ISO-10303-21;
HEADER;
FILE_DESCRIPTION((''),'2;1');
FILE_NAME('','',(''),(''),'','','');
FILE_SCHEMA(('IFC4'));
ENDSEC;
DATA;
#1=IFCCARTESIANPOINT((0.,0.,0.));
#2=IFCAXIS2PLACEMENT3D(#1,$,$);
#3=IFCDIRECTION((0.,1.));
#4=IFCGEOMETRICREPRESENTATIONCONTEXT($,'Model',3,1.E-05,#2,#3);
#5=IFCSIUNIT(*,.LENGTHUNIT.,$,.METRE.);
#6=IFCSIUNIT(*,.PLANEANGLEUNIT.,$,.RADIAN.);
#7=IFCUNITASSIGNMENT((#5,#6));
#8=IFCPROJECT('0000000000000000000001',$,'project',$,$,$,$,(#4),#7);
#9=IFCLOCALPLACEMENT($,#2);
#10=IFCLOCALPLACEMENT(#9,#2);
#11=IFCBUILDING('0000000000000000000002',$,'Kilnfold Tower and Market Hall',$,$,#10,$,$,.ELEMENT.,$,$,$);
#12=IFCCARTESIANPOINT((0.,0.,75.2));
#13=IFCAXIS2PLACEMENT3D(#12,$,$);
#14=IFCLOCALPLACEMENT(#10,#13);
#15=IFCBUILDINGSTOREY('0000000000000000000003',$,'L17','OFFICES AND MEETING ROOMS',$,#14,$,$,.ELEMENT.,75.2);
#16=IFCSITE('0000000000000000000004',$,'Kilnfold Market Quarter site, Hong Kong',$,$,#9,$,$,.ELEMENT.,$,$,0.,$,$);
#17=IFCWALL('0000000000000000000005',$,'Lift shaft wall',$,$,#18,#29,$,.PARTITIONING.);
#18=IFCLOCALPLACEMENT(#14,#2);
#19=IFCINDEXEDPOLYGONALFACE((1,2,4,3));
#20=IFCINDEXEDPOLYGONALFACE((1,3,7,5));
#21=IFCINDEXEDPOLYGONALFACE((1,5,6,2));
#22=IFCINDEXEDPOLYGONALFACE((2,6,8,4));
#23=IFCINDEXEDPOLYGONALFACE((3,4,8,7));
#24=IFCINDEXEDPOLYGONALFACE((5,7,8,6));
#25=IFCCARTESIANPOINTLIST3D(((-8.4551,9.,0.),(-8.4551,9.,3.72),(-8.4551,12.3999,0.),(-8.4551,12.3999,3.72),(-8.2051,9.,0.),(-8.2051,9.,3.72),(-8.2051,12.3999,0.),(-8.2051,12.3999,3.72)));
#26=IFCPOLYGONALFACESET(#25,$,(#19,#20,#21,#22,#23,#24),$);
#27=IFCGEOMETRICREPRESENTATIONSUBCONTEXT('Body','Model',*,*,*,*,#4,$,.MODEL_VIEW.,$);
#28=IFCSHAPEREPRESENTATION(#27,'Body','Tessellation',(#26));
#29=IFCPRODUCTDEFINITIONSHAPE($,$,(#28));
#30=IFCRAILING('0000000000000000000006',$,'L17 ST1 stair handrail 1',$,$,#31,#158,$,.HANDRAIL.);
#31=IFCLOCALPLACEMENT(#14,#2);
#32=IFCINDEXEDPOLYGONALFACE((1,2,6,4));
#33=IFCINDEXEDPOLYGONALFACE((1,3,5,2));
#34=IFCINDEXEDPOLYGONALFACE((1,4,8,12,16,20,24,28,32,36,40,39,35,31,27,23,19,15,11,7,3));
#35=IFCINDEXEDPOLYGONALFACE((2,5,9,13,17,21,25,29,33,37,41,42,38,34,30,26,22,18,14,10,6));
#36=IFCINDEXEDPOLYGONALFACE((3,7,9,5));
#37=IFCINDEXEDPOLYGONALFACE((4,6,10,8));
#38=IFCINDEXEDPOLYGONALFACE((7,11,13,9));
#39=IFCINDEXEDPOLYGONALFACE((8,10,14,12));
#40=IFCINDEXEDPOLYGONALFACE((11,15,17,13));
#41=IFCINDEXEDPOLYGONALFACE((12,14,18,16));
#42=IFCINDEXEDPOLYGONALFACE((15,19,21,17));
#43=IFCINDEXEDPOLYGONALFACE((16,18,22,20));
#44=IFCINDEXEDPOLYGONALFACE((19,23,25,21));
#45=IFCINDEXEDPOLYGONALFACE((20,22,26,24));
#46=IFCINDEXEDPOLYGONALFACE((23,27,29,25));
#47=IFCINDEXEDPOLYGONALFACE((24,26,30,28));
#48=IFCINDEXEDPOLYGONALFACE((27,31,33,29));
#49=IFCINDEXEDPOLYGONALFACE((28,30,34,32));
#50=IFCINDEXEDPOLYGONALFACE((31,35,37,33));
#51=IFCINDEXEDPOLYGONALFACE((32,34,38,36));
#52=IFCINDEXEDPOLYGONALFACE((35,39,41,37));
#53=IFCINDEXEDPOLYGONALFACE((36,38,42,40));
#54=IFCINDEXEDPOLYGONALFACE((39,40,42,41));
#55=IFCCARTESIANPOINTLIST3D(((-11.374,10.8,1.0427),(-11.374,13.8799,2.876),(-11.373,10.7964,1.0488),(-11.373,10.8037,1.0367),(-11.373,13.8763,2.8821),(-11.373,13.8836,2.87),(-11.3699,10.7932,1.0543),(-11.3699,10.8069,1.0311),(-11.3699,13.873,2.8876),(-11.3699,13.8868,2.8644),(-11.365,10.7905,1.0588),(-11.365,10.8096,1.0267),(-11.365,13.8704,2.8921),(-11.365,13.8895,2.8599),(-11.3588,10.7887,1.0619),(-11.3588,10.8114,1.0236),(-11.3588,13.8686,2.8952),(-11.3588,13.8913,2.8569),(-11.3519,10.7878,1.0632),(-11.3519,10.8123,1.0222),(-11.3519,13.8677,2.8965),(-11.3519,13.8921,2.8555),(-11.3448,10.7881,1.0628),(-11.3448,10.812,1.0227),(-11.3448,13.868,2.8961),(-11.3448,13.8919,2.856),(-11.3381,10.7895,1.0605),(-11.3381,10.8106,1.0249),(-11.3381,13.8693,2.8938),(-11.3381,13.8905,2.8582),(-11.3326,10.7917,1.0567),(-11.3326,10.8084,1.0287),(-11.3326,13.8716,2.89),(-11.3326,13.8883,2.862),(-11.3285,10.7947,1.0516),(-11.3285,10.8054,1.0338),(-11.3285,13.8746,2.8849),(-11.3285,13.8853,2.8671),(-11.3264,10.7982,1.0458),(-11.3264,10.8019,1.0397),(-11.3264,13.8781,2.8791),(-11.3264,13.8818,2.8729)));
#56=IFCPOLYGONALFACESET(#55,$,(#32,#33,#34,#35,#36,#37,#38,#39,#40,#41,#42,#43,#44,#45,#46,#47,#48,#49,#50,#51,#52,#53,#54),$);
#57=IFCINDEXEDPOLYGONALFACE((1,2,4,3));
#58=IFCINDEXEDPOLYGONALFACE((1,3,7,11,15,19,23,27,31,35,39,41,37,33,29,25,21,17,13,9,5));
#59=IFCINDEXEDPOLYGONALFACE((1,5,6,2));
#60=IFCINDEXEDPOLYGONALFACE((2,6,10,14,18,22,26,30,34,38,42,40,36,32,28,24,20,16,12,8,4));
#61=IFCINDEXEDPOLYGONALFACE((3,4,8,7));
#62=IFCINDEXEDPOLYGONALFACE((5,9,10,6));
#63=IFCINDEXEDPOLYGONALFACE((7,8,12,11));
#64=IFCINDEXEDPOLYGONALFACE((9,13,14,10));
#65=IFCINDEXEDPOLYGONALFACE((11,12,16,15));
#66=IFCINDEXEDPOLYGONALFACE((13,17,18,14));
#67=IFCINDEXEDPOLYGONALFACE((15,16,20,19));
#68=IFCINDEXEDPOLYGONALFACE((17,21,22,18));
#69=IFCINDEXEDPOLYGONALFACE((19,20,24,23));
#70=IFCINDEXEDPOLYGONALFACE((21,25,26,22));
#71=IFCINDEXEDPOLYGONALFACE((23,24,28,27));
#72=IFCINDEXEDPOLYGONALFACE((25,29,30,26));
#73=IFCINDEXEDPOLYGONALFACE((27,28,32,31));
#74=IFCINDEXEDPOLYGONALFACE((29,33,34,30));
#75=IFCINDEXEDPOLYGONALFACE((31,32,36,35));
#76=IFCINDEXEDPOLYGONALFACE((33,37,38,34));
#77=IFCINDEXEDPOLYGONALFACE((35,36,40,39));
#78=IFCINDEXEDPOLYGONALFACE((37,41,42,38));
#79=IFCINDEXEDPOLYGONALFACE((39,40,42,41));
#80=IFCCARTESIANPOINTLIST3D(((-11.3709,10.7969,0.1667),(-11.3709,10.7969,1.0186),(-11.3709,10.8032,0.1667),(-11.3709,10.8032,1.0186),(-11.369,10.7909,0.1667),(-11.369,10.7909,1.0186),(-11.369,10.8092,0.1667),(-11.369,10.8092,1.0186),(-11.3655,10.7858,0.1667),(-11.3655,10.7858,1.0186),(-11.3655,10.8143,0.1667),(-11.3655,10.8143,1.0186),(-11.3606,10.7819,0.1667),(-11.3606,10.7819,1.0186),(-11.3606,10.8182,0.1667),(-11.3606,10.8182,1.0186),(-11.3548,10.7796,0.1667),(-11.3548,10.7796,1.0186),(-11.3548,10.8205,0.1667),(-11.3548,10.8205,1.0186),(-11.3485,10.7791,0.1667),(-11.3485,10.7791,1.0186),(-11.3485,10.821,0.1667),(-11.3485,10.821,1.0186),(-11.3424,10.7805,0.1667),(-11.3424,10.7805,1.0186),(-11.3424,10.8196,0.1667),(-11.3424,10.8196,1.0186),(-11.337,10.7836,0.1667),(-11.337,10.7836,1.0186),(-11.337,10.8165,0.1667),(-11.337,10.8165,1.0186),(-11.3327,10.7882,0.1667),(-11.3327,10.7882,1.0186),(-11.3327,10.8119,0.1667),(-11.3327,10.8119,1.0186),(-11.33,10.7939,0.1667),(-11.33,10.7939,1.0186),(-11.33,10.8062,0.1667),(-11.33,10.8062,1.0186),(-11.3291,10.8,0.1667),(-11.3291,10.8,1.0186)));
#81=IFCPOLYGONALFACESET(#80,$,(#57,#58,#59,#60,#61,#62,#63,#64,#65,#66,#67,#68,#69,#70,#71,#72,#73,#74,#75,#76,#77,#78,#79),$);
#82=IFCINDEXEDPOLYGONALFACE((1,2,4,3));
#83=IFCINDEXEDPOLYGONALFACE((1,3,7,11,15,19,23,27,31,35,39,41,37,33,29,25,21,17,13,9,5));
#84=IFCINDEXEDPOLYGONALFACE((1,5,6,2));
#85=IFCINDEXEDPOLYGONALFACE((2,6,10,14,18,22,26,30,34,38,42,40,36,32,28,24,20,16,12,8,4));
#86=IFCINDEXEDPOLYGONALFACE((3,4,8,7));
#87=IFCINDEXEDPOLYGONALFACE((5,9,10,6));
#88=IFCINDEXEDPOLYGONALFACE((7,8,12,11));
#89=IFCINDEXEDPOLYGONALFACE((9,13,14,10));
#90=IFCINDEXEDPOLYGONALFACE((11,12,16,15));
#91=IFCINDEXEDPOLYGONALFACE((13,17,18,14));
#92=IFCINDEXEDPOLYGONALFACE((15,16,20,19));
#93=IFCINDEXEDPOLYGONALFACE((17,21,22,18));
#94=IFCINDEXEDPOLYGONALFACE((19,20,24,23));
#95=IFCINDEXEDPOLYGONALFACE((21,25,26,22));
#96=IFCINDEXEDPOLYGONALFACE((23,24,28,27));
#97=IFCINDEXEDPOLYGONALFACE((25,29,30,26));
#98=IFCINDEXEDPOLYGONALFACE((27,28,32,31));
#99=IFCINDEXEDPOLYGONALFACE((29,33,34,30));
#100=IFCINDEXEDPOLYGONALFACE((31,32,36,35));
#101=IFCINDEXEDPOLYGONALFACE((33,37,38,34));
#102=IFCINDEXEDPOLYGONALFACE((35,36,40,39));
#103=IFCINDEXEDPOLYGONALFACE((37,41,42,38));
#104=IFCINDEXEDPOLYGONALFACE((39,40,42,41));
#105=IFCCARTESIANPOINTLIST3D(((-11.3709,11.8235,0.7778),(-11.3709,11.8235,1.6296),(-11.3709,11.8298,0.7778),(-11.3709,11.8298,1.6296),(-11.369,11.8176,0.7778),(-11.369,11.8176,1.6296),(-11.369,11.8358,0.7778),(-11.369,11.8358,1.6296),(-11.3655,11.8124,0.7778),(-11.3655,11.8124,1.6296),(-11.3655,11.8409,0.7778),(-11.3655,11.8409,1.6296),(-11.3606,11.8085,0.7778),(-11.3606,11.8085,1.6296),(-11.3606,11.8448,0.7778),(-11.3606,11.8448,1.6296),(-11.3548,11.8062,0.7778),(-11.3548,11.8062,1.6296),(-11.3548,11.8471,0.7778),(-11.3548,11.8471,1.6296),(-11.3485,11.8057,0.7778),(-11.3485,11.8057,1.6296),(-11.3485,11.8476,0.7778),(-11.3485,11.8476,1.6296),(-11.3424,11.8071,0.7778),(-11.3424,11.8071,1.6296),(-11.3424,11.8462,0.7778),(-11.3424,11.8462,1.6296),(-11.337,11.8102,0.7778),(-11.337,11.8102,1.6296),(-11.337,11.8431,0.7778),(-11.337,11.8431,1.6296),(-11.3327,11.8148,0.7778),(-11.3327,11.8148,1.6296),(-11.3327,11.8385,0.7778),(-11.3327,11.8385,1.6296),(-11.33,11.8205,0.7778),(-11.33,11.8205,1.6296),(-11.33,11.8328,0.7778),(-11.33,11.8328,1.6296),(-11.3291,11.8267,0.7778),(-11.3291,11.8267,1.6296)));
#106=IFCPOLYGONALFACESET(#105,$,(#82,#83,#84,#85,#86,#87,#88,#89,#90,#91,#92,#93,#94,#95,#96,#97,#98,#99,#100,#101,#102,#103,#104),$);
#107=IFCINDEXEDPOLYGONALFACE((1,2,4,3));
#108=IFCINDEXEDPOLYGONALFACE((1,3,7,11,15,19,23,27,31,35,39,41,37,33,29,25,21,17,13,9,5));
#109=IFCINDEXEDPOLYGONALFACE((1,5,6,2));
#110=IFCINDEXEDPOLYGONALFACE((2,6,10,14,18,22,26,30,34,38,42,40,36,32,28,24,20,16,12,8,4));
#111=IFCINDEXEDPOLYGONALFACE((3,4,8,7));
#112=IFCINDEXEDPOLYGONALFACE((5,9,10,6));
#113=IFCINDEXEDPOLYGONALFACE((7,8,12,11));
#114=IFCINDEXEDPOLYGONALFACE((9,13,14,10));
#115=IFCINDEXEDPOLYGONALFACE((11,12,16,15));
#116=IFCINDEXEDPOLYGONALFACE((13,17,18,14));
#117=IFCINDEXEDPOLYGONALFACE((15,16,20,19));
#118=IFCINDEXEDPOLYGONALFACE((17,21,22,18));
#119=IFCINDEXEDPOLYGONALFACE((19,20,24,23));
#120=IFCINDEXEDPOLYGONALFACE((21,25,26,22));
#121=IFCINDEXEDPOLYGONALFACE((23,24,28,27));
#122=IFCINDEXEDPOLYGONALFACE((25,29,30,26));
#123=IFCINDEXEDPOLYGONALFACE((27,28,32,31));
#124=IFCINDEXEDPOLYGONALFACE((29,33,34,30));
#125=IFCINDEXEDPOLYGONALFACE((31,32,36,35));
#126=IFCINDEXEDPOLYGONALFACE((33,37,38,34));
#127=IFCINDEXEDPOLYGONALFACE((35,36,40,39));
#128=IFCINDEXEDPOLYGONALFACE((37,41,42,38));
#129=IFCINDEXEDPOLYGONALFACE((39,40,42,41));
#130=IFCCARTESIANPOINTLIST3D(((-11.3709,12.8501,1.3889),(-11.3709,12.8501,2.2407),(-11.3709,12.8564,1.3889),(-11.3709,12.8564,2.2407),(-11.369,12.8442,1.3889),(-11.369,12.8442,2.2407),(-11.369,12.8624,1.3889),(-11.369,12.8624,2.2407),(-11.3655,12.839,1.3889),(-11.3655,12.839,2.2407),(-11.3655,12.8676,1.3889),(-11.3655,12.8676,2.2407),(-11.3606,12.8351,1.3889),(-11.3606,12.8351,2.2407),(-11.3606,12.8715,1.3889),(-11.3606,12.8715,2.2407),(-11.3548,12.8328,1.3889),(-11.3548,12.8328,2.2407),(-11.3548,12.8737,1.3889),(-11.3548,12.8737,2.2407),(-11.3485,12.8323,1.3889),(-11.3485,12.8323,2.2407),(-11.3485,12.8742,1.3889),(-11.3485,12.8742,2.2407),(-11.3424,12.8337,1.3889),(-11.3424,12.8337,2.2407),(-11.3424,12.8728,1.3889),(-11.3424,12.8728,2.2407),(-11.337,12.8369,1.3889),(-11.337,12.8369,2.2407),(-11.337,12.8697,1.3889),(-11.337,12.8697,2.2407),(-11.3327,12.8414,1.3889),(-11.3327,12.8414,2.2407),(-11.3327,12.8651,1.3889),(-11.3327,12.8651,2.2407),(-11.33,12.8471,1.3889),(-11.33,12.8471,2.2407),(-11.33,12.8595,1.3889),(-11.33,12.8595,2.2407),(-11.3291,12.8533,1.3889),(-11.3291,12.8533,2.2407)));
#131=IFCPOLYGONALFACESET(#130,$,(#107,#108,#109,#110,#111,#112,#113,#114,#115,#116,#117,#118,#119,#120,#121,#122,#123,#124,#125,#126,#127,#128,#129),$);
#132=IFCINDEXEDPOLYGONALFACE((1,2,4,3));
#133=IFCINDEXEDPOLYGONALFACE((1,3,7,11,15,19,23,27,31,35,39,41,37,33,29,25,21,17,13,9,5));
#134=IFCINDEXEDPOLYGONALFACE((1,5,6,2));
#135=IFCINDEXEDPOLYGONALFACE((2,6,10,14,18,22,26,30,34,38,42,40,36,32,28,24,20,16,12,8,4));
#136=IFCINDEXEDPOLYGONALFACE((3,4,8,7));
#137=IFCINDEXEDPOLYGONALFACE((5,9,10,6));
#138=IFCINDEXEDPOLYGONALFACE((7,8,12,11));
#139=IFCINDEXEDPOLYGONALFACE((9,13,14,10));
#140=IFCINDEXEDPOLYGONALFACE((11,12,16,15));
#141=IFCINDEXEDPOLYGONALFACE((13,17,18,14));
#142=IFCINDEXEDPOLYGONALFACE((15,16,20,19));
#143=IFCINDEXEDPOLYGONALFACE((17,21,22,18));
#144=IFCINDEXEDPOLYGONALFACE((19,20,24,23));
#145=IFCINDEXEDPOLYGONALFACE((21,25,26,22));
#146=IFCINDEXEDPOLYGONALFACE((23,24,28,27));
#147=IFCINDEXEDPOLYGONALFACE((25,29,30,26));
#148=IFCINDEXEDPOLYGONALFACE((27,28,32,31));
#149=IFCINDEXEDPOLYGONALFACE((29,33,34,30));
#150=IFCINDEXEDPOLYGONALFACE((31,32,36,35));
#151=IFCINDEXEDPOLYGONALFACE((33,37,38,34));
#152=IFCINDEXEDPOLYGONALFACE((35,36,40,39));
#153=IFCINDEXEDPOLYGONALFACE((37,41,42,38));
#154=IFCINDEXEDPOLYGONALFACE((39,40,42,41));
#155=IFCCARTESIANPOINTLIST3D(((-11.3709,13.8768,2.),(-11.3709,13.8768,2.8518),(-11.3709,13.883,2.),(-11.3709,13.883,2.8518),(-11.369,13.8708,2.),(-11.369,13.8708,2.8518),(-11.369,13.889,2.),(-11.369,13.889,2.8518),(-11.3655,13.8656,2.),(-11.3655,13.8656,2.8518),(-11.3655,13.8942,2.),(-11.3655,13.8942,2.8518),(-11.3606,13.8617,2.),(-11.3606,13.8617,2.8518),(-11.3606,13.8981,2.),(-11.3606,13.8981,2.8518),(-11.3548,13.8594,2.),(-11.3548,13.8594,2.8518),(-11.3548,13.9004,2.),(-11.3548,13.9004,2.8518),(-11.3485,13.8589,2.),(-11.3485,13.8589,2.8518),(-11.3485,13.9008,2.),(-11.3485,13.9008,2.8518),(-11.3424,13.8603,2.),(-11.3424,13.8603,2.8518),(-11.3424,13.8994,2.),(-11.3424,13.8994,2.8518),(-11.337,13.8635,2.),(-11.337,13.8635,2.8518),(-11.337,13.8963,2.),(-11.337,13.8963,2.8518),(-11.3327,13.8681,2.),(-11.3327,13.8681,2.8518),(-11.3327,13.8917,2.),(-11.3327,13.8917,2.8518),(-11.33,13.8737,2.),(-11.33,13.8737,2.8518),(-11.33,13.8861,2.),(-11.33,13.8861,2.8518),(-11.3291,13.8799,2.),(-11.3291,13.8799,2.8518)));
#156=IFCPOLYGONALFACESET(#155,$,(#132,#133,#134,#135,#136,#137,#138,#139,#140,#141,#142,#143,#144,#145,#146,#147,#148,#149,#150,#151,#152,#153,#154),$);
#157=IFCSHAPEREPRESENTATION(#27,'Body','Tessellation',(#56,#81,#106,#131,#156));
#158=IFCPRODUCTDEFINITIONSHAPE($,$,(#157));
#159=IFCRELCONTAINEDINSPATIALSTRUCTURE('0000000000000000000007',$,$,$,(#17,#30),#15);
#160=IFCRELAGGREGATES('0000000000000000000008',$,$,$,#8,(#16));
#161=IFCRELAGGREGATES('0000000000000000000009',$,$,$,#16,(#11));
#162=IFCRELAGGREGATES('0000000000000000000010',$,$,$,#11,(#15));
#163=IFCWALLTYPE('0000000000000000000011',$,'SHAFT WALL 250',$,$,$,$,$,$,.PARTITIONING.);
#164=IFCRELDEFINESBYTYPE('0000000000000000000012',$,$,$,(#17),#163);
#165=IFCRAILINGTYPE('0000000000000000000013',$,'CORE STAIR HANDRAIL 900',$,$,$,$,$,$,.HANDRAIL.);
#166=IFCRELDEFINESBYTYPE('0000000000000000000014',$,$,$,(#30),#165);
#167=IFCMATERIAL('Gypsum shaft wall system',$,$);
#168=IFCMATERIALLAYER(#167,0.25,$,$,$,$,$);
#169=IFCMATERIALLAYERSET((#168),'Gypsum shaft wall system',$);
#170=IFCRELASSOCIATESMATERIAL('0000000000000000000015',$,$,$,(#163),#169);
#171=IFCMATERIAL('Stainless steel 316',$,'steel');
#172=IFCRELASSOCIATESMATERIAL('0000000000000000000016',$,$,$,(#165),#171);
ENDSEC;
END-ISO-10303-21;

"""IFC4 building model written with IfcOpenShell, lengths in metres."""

from ifc_helpers import new_model, si_unit, direction, frame, frame_2d, origin, origin_2d, place, context, subcontext, project, spatial, rectangle, circle, extrude, source, transform, mapped, material, layer, layer_set, type_object, element, save


model = new_model("IFC4")

# Units and contexts
model_context = context("Model", 3, precision=1e-05, world=origin(), true_north=direction((0.0, 1.0)))
body_context = subcontext(model_context, "Body", "Model", "MODEL_VIEW")
ifc_project = project(units=[si_unit("LENGTHUNIT", "METRE"), si_unit("PLANEANGLEUNIT", "RADIAN")], contexts=[model_context])

# Site, building, storey
site_placement = place(None, origin())
site = spatial("IfcSite", under=ifc_project, at=site_placement, Name="Kilnfold Market Quarter site, Hong Kong", CompositionType="ELEMENT", RefElevation=0.0)
building_placement = place(site_placement, origin())
building = spatial("IfcBuilding", under=site, at=building_placement, Name="Kilnfold Tower and Market Hall", CompositionType="ELEMENT")
storey_placement = place(building_placement, frame((0.0, 0.0, 75.2)))
storey = spatial("IfcBuildingStorey", under=building, at=storey_placement, Name="L17", Description="OFFICES AND MEETING ROOMS", CompositionType="ELEMENT", Elevation=75.2)

# Wall
ifc_material_1 = material(Name="Gypsum shaft wall system")
ifc_layer_1 = layer(ifc_material_1, 0.25)
ifc_layer_set_1 = layer_set([ifc_layer_1], Name="Gypsum shaft wall system")
wall_type_1 = type_object("IfcWallType", Name="SHAFT WALL 250", PredefinedType="PARTITIONING", material=ifc_layer_set_1)
shared_shape_1 = source(origin(), body_context, "Body", "SweptSolid", [
    extrude(rectangle(XDim=3.3999, YDim=0.25, at=frame_2d((1.7, 0.0))), origin(), (0.0, 0.0, 1.0), 3.72),
])
wall_1_placement = place(storey_placement, frame((-8.3301, 9.0, 0.0), z_axis=(0.0, 0.0, 1.0), x_axis=(0.0, 1.0, 0.0)))
element("IfcWall", 1, at=wall_1_placement, inside=storey, type_object=wall_type_1, Name="Lift shaft wall", PredefinedType="PARTITIONING", context=body_context, shape_type="MappedRepresentation", body=[
    mapped(shared_shape_1, transform((0.0, 0.0, 0.0))),
])

# Railing
ifc_material_2 = material(Name="Stainless steel 316", Category="steel")
railing_type_1 = type_object("IfcRailingType", Name="CORE STAIR HANDRAIL 900", PredefinedType="HANDRAIL", material=ifc_material_2)
railing_1_placement = place(storey_placement, frame((-11.3501, 10.8, 0.1667)))
element("IfcRailing", 2, at=railing_1_placement, inside=storey, type_object=railing_type_1, Name="L17 ST1 stair handrail 1", PredefinedType="HANDRAIL", context=body_context, shape_type="SweptSolid", body=[
    extrude(circle(Radius=0.0239, at=origin_2d()), frame((0.0, 0.0, 0.876), z_axis=(0.0, 0.859291, 0.511487), x_axis=(-1.0, 0.0, 0.0)), (0.0, 0.0, 1.0), 3.5842),
    extrude(circle(Radius=0.021, at=origin_2d()), origin(), (0.0, 0.0, 1.0), 0.8518),
    extrude(circle(Radius=0.021, at=origin_2d()), frame((0.0, 1.0266, 0.6111)), (0.0, 0.0, 1.0), 0.8518),
    extrude(circle(Radius=0.021, at=origin_2d()), frame((0.0, 2.0532, 1.2222)), (0.0, 0.0, 1.0), 0.8518),
    extrude(circle(Radius=0.021, at=origin_2d()), frame((0.0, 3.0798, 1.8333)), (0.0, 0.0, 1.0), 0.8518),
])

save(model, "model.ifc")
